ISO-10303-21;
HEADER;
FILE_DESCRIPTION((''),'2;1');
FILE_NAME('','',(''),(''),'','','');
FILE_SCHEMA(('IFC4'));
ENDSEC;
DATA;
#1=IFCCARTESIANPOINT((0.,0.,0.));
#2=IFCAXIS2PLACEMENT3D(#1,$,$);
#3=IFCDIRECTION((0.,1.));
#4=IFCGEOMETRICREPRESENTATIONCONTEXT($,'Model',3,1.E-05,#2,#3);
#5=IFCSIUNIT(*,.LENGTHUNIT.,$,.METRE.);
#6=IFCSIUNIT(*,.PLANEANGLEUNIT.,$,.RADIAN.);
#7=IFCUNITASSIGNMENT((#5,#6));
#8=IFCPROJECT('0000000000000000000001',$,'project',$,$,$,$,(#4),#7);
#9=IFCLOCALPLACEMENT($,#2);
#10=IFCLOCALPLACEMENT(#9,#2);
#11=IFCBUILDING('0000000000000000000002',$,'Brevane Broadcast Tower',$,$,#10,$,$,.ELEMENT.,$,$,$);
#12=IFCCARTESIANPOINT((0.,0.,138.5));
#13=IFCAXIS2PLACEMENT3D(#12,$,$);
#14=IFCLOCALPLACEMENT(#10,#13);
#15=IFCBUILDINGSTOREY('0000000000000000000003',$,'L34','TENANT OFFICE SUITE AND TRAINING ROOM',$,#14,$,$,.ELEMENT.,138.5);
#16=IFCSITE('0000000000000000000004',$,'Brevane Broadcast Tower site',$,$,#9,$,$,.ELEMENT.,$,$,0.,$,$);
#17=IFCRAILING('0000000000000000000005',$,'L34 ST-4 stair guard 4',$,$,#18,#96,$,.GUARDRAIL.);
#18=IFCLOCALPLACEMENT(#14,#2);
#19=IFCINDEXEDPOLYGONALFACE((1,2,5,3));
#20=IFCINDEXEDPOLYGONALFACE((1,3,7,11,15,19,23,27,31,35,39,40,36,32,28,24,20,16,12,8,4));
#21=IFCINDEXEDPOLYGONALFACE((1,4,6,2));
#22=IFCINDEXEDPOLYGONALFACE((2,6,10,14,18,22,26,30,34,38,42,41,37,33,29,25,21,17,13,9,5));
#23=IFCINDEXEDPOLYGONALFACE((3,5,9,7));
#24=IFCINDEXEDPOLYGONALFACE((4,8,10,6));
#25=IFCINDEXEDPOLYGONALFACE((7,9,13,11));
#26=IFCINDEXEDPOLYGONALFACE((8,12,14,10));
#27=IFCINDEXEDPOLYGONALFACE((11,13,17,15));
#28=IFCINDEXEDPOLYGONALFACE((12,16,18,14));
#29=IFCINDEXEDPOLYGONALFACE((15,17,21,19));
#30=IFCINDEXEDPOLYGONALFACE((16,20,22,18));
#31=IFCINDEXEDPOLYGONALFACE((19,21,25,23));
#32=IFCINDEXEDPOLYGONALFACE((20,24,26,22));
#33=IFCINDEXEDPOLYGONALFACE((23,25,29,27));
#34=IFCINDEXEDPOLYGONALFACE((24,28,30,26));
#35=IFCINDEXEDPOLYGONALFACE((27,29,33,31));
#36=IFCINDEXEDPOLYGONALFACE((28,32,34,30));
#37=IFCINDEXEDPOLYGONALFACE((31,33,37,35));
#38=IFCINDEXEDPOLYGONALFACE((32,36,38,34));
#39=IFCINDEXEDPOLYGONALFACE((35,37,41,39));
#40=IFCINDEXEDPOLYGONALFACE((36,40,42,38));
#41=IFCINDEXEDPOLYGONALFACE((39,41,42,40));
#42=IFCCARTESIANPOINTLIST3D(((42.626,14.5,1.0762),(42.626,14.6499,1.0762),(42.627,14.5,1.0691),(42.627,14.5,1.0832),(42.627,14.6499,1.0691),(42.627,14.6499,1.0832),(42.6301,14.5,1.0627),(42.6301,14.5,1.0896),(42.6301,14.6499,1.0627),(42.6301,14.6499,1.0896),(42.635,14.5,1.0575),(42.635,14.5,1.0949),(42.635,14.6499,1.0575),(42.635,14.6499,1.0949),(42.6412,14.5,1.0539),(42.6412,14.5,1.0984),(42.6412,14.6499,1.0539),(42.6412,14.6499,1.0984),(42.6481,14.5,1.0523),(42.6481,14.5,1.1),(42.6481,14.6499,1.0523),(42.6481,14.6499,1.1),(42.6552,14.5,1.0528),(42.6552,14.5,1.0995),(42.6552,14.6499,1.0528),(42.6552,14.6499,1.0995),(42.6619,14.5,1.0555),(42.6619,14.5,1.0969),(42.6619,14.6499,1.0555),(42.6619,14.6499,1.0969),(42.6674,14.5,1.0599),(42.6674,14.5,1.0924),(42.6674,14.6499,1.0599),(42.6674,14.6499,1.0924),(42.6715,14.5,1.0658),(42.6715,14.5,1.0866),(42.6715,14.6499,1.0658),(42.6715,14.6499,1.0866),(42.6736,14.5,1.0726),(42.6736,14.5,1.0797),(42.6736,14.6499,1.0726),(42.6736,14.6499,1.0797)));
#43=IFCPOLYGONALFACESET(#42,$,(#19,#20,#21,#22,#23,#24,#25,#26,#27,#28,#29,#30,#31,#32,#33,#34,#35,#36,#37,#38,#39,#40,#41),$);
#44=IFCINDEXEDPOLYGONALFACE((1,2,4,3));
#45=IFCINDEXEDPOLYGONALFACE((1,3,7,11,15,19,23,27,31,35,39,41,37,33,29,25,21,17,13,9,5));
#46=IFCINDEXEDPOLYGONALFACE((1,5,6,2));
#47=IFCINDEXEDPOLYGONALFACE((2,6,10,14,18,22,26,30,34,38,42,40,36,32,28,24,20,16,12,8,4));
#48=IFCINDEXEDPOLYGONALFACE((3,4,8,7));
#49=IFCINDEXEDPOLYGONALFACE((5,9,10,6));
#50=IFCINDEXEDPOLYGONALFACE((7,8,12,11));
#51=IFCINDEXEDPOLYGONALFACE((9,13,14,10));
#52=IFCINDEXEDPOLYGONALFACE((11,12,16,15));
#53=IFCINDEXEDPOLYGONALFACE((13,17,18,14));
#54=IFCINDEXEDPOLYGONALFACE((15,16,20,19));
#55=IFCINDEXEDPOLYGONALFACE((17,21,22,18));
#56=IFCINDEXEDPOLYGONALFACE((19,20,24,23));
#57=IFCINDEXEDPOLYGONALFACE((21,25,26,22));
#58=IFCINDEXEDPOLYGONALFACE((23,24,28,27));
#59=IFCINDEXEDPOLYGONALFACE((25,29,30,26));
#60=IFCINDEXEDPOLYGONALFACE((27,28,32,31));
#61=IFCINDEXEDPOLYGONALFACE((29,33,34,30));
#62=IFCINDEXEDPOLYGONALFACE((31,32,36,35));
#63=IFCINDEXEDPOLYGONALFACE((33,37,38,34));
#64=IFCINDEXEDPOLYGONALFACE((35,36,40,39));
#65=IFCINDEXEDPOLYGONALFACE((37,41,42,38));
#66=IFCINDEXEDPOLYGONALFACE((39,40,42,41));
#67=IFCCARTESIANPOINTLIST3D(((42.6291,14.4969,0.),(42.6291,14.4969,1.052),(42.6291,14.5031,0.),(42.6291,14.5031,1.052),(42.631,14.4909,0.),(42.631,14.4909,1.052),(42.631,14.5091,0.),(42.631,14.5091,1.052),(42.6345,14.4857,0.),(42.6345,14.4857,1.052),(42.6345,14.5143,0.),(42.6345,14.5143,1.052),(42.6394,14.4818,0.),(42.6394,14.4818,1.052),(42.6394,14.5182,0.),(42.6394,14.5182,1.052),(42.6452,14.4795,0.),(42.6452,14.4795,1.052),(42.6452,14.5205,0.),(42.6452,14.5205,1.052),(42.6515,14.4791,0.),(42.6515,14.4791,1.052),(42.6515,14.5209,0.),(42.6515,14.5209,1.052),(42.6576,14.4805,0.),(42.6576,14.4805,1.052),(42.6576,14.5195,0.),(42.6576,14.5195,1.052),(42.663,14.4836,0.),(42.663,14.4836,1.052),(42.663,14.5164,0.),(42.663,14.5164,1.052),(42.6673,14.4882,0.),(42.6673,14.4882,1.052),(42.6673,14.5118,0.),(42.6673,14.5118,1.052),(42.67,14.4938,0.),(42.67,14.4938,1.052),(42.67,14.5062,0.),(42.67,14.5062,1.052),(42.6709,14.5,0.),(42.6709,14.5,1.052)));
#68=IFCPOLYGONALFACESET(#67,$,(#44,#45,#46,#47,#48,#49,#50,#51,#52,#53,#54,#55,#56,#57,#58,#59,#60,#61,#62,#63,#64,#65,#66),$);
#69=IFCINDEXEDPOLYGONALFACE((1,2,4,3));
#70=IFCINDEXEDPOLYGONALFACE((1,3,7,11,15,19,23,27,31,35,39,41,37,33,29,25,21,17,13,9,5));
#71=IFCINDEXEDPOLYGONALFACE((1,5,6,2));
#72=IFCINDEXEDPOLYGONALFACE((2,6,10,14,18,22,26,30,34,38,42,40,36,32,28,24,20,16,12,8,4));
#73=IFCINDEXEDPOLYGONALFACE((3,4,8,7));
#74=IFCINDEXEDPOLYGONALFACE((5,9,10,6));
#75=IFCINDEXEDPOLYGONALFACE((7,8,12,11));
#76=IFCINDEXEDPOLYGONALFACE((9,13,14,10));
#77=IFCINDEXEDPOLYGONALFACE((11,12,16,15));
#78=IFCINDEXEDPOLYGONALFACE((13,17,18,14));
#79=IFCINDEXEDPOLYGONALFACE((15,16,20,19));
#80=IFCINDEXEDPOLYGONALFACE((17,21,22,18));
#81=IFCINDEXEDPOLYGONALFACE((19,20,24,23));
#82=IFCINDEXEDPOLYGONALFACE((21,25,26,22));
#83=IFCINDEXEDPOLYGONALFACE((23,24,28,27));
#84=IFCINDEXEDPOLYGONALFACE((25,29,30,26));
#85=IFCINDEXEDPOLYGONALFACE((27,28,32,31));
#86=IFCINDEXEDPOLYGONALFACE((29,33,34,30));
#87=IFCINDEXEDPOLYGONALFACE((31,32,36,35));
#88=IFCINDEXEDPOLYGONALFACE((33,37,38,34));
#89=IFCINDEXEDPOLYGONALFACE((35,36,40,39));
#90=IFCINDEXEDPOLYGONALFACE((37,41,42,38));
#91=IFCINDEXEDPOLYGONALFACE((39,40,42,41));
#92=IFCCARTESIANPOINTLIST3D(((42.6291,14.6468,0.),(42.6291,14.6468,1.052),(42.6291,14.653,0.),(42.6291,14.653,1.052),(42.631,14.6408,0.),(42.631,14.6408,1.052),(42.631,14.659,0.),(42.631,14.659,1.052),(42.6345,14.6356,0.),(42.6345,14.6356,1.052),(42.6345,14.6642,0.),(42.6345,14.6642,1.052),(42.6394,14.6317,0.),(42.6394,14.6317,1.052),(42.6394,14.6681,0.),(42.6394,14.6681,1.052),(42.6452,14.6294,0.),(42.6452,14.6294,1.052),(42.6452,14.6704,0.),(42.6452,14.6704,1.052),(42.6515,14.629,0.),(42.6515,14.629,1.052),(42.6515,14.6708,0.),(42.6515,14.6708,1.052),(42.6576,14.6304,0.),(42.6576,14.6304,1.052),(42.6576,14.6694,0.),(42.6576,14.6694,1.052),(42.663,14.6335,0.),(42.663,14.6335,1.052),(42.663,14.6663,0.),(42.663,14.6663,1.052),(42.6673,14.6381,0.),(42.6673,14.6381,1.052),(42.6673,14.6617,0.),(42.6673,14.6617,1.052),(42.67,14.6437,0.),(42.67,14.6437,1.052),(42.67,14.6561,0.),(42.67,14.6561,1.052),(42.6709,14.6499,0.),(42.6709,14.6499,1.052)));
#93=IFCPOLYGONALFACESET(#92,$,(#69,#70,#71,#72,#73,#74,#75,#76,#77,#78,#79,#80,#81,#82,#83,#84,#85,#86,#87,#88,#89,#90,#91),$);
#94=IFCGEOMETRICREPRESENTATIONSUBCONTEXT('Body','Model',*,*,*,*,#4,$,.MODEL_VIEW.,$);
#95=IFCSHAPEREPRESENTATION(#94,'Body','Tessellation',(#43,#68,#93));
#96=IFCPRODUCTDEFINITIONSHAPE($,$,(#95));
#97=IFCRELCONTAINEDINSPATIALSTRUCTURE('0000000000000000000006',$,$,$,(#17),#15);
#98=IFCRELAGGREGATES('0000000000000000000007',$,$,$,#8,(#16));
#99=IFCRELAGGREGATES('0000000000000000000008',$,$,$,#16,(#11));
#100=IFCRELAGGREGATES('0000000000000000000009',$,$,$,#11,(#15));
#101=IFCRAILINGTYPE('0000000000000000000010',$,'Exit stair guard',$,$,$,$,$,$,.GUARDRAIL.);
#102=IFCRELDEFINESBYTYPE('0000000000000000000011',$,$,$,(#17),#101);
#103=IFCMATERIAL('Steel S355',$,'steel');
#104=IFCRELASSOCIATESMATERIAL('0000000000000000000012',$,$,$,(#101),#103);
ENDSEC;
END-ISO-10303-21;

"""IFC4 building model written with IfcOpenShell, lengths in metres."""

from ifc_helpers import new_model, si_unit, direction, frame, origin, origin_2d, place, context, subcontext, project, spatial, circle, extrude, material, type_object, element, save


model = new_model("IFC4")

# Units and contexts
model_context = context("Model", 3, precision=1e-05, world=origin(), true_north=direction((0.0, 1.0)))
body_context = subcontext(model_context, "Body", "Model", "MODEL_VIEW")
ifc_project = project(units=[si_unit("LENGTHUNIT", "METRE"), si_unit("PLANEANGLEUNIT", "RADIAN")], contexts=[model_context])

# Site, building, storey
site_placement = place(None, origin())
site = spatial("IfcSite", under=ifc_project, at=site_placement, Name="Brevane Broadcast Tower site", CompositionType="ELEMENT", RefElevation=0.0)
building_placement = place(site_placement, origin())
building = spatial("IfcBuilding", under=site, at=building_placement, Name="Brevane Broadcast Tower", CompositionType="ELEMENT")
storey_placement = place(building_placement, frame((0.0, 0.0, 138.5)))
storey = spatial("IfcBuildingStorey", under=building, at=storey_placement, Name="L34", Description="TENANT OFFICE SUITE AND TRAINING ROOM", CompositionType="ELEMENT", Elevation=138.5)

# Railing
ifc_material_1 = material(Name="Steel S355", Category="steel")
railing_type_1 = type_object("IfcRailingType", Name="Exit stair guard", PredefinedType="GUARDRAIL", material=ifc_material_1)
railing_1_placement = place(storey_placement, frame((42.6499, 14.5, 0.0)))
element("IfcRailing", 1, at=railing_1_placement, inside=storey, type_object=railing_type_1, Name="L34 ST-4 stair guard 4", PredefinedType="GUARDRAIL", context=body_context, shape_type="SweptSolid", body=[
    extrude(circle(Radius=0.0239, at=origin_2d()), frame((0.0, 0.0, 1.0762), z_axis=(0.0, 1.0, 0.0), x_axis=(-1.0, 0.0, 0.0)), (0.0, 0.0, 1.0), 0.1499),
    extrude(circle(Radius=0.021, at=origin_2d()), origin(), (0.0, 0.0, 1.0), 1.052),
    extrude(circle(Radius=0.021, at=origin_2d()), frame((0.0, 0.1499, 0.0)), (0.0, 0.0, 1.0), 1.052),
])

save(model, "model.ifc")
